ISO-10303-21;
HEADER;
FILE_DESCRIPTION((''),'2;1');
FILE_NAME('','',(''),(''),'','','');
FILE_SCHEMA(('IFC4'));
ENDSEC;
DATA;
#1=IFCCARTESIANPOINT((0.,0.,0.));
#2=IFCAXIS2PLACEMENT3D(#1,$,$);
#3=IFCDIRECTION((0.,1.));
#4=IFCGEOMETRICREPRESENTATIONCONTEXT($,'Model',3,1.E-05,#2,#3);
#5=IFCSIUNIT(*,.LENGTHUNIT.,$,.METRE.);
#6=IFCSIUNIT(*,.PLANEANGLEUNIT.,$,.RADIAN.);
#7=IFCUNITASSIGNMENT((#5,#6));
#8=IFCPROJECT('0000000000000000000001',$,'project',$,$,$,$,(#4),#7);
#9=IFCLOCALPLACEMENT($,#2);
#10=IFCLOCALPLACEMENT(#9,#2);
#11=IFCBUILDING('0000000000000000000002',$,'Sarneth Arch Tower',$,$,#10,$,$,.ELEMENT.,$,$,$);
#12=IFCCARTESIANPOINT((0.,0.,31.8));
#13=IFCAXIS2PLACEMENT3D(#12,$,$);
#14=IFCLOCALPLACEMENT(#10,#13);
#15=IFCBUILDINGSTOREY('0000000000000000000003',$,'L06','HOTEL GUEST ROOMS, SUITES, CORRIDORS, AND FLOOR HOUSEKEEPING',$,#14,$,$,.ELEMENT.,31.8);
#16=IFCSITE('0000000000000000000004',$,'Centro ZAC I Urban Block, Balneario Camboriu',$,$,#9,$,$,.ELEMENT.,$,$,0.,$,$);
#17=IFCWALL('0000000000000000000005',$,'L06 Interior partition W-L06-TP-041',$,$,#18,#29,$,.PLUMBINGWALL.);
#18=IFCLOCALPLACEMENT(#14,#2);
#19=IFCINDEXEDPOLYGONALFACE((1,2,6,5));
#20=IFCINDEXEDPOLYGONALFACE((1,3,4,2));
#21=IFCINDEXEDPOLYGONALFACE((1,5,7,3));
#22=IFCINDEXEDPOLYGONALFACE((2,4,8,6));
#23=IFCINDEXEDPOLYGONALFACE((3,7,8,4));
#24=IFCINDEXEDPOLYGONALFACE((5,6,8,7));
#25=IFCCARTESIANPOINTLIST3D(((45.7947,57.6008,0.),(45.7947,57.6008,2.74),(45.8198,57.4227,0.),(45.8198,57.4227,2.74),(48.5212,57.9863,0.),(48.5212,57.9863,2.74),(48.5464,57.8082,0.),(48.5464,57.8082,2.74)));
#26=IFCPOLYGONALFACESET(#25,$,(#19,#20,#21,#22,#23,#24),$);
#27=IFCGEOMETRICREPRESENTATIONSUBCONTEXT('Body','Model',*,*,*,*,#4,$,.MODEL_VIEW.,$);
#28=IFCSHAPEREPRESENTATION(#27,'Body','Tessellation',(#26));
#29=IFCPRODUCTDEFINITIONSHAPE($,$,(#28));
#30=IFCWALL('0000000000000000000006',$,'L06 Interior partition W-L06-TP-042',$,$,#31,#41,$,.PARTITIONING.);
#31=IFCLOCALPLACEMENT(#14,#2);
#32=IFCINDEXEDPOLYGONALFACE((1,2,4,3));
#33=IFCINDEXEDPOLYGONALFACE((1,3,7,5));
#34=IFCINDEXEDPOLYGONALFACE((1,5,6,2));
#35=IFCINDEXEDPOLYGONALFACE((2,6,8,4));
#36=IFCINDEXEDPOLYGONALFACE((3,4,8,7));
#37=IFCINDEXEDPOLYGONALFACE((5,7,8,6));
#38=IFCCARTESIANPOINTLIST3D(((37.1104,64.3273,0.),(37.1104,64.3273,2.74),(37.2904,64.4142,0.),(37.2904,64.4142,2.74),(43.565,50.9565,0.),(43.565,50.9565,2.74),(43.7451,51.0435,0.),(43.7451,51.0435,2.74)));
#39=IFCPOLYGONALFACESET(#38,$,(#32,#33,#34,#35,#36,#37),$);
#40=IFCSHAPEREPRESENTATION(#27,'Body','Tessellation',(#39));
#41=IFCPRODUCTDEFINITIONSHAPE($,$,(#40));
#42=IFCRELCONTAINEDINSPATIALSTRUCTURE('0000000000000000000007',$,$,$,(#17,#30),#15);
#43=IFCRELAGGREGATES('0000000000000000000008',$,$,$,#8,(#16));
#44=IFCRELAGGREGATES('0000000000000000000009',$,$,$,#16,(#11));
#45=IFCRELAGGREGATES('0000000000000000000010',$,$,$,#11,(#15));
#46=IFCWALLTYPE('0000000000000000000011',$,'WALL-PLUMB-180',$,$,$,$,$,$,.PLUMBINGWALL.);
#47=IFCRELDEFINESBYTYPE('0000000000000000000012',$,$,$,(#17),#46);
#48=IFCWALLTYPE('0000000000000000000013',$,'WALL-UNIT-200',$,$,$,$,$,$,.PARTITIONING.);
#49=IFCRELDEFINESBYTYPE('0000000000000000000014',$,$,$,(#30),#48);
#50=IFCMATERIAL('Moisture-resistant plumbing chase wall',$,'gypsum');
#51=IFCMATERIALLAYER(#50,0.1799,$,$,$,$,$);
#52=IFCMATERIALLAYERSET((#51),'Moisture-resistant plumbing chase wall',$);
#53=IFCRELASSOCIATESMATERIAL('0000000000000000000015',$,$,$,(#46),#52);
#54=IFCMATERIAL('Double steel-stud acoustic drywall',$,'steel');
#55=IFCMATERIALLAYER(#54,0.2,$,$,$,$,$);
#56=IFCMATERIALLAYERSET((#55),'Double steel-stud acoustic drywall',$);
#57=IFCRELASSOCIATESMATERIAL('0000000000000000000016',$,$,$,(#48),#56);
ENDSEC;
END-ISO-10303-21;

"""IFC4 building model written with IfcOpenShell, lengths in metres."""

from ifc_helpers import new_model, si_unit, direction, frame, frame_2d, origin, place, context, subcontext, project, spatial, rectangle, extrude, material, layer, layer_set, type_object, element, save


model = new_model("IFC4")

# Units and contexts
model_context = context("Model", 3, precision=1e-05, world=origin(), true_north=direction((0.0, 1.0)))
body_context = subcontext(model_context, "Body", "Model", "MODEL_VIEW")
ifc_project = project(units=[si_unit("LENGTHUNIT", "METRE"), si_unit("PLANEANGLEUNIT", "RADIAN")], contexts=[model_context])

# Site, building, storey
site_placement = place(None, origin())
site = spatial("IfcSite", under=ifc_project, at=site_placement, Name="Centro ZAC I Urban Block, Balneario Camboriu", CompositionType="ELEMENT", RefElevation=0.0)
building_placement = place(site_placement, origin())
building = spatial("IfcBuilding", under=site, at=building_placement, Name="Sarneth Arch Tower", CompositionType="ELEMENT")
storey_placement = place(building_placement, frame((0.0, 0.0, 31.8)))
storey = spatial("IfcBuildingStorey", under=building, at=storey_placement, Name="L06", Description="HOTEL GUEST ROOMS, SUITES, CORRIDORS, AND FLOOR HOUSEKEEPING", CompositionType="ELEMENT", Elevation=31.8)

# Shared definitions
ifc_material_1 = material(Name="Moisture-resistant plumbing chase wall", Category="gypsum")
ifc_layer_1 = layer(ifc_material_1, 0.1799)
ifc_layer_set_1 = layer_set([ifc_layer_1], Name="Moisture-resistant plumbing chase wall")
wall_type_1 = type_object("IfcWallType", Name="WALL-PLUMB-180", PredefinedType="PLUMBINGWALL", material=ifc_layer_set_1)

# Walls
wall_1_placement = place(storey_placement, frame((45.8071, 57.5117, 0.0), z_axis=(0.0, 0.0, 1.0), x_axis=(0.990152, 0.139994, 0.0)))
element("IfcWall", 1, at=wall_1_placement, inside=storey, type_object=wall_type_1, Name="L06 Interior partition W-L06-TP-041", PredefinedType="PLUMBINGWALL", context=body_context, shape_type="SweptSolid", body=[
    extrude(rectangle(XDim=2.7537, YDim=0.1799, at=frame_2d((1.377, 0.0))), origin(), (0.0, 0.0, 1.0), 2.74),
])
ifc_material_2 = material(Name="Double steel-stud acoustic drywall", Category="steel")
ifc_layer_2 = layer(ifc_material_2, 0.2)
ifc_layer_set_2 = layer_set([ifc_layer_2], Name="Double steel-stud acoustic drywall")
wall_type_2 = type_object("IfcWallType", Name="WALL-UNIT-200", PredefinedType="PARTITIONING", material=ifc_layer_set_2)
wall_2_placement = place(storey_placement, frame((43.655, 51.0, 0.0), z_axis=(0.0, 0.0, 1.0), x_axis=(-0.434739, 0.900557, 0.0)))
element("IfcWall", 2, at=wall_2_placement, inside=storey, type_object=wall_type_2, Name="L06 Interior partition W-L06-TP-042", PredefinedType="PARTITIONING", context=body_context, shape_type="SweptSolid", body=[
    extrude(rectangle(XDim=14.8472, YDim=0.2, at=frame_2d((7.4236, 0.0))), origin(), (0.0, 0.0, 1.0), 2.74),
])

save(model, "model.ifc")
